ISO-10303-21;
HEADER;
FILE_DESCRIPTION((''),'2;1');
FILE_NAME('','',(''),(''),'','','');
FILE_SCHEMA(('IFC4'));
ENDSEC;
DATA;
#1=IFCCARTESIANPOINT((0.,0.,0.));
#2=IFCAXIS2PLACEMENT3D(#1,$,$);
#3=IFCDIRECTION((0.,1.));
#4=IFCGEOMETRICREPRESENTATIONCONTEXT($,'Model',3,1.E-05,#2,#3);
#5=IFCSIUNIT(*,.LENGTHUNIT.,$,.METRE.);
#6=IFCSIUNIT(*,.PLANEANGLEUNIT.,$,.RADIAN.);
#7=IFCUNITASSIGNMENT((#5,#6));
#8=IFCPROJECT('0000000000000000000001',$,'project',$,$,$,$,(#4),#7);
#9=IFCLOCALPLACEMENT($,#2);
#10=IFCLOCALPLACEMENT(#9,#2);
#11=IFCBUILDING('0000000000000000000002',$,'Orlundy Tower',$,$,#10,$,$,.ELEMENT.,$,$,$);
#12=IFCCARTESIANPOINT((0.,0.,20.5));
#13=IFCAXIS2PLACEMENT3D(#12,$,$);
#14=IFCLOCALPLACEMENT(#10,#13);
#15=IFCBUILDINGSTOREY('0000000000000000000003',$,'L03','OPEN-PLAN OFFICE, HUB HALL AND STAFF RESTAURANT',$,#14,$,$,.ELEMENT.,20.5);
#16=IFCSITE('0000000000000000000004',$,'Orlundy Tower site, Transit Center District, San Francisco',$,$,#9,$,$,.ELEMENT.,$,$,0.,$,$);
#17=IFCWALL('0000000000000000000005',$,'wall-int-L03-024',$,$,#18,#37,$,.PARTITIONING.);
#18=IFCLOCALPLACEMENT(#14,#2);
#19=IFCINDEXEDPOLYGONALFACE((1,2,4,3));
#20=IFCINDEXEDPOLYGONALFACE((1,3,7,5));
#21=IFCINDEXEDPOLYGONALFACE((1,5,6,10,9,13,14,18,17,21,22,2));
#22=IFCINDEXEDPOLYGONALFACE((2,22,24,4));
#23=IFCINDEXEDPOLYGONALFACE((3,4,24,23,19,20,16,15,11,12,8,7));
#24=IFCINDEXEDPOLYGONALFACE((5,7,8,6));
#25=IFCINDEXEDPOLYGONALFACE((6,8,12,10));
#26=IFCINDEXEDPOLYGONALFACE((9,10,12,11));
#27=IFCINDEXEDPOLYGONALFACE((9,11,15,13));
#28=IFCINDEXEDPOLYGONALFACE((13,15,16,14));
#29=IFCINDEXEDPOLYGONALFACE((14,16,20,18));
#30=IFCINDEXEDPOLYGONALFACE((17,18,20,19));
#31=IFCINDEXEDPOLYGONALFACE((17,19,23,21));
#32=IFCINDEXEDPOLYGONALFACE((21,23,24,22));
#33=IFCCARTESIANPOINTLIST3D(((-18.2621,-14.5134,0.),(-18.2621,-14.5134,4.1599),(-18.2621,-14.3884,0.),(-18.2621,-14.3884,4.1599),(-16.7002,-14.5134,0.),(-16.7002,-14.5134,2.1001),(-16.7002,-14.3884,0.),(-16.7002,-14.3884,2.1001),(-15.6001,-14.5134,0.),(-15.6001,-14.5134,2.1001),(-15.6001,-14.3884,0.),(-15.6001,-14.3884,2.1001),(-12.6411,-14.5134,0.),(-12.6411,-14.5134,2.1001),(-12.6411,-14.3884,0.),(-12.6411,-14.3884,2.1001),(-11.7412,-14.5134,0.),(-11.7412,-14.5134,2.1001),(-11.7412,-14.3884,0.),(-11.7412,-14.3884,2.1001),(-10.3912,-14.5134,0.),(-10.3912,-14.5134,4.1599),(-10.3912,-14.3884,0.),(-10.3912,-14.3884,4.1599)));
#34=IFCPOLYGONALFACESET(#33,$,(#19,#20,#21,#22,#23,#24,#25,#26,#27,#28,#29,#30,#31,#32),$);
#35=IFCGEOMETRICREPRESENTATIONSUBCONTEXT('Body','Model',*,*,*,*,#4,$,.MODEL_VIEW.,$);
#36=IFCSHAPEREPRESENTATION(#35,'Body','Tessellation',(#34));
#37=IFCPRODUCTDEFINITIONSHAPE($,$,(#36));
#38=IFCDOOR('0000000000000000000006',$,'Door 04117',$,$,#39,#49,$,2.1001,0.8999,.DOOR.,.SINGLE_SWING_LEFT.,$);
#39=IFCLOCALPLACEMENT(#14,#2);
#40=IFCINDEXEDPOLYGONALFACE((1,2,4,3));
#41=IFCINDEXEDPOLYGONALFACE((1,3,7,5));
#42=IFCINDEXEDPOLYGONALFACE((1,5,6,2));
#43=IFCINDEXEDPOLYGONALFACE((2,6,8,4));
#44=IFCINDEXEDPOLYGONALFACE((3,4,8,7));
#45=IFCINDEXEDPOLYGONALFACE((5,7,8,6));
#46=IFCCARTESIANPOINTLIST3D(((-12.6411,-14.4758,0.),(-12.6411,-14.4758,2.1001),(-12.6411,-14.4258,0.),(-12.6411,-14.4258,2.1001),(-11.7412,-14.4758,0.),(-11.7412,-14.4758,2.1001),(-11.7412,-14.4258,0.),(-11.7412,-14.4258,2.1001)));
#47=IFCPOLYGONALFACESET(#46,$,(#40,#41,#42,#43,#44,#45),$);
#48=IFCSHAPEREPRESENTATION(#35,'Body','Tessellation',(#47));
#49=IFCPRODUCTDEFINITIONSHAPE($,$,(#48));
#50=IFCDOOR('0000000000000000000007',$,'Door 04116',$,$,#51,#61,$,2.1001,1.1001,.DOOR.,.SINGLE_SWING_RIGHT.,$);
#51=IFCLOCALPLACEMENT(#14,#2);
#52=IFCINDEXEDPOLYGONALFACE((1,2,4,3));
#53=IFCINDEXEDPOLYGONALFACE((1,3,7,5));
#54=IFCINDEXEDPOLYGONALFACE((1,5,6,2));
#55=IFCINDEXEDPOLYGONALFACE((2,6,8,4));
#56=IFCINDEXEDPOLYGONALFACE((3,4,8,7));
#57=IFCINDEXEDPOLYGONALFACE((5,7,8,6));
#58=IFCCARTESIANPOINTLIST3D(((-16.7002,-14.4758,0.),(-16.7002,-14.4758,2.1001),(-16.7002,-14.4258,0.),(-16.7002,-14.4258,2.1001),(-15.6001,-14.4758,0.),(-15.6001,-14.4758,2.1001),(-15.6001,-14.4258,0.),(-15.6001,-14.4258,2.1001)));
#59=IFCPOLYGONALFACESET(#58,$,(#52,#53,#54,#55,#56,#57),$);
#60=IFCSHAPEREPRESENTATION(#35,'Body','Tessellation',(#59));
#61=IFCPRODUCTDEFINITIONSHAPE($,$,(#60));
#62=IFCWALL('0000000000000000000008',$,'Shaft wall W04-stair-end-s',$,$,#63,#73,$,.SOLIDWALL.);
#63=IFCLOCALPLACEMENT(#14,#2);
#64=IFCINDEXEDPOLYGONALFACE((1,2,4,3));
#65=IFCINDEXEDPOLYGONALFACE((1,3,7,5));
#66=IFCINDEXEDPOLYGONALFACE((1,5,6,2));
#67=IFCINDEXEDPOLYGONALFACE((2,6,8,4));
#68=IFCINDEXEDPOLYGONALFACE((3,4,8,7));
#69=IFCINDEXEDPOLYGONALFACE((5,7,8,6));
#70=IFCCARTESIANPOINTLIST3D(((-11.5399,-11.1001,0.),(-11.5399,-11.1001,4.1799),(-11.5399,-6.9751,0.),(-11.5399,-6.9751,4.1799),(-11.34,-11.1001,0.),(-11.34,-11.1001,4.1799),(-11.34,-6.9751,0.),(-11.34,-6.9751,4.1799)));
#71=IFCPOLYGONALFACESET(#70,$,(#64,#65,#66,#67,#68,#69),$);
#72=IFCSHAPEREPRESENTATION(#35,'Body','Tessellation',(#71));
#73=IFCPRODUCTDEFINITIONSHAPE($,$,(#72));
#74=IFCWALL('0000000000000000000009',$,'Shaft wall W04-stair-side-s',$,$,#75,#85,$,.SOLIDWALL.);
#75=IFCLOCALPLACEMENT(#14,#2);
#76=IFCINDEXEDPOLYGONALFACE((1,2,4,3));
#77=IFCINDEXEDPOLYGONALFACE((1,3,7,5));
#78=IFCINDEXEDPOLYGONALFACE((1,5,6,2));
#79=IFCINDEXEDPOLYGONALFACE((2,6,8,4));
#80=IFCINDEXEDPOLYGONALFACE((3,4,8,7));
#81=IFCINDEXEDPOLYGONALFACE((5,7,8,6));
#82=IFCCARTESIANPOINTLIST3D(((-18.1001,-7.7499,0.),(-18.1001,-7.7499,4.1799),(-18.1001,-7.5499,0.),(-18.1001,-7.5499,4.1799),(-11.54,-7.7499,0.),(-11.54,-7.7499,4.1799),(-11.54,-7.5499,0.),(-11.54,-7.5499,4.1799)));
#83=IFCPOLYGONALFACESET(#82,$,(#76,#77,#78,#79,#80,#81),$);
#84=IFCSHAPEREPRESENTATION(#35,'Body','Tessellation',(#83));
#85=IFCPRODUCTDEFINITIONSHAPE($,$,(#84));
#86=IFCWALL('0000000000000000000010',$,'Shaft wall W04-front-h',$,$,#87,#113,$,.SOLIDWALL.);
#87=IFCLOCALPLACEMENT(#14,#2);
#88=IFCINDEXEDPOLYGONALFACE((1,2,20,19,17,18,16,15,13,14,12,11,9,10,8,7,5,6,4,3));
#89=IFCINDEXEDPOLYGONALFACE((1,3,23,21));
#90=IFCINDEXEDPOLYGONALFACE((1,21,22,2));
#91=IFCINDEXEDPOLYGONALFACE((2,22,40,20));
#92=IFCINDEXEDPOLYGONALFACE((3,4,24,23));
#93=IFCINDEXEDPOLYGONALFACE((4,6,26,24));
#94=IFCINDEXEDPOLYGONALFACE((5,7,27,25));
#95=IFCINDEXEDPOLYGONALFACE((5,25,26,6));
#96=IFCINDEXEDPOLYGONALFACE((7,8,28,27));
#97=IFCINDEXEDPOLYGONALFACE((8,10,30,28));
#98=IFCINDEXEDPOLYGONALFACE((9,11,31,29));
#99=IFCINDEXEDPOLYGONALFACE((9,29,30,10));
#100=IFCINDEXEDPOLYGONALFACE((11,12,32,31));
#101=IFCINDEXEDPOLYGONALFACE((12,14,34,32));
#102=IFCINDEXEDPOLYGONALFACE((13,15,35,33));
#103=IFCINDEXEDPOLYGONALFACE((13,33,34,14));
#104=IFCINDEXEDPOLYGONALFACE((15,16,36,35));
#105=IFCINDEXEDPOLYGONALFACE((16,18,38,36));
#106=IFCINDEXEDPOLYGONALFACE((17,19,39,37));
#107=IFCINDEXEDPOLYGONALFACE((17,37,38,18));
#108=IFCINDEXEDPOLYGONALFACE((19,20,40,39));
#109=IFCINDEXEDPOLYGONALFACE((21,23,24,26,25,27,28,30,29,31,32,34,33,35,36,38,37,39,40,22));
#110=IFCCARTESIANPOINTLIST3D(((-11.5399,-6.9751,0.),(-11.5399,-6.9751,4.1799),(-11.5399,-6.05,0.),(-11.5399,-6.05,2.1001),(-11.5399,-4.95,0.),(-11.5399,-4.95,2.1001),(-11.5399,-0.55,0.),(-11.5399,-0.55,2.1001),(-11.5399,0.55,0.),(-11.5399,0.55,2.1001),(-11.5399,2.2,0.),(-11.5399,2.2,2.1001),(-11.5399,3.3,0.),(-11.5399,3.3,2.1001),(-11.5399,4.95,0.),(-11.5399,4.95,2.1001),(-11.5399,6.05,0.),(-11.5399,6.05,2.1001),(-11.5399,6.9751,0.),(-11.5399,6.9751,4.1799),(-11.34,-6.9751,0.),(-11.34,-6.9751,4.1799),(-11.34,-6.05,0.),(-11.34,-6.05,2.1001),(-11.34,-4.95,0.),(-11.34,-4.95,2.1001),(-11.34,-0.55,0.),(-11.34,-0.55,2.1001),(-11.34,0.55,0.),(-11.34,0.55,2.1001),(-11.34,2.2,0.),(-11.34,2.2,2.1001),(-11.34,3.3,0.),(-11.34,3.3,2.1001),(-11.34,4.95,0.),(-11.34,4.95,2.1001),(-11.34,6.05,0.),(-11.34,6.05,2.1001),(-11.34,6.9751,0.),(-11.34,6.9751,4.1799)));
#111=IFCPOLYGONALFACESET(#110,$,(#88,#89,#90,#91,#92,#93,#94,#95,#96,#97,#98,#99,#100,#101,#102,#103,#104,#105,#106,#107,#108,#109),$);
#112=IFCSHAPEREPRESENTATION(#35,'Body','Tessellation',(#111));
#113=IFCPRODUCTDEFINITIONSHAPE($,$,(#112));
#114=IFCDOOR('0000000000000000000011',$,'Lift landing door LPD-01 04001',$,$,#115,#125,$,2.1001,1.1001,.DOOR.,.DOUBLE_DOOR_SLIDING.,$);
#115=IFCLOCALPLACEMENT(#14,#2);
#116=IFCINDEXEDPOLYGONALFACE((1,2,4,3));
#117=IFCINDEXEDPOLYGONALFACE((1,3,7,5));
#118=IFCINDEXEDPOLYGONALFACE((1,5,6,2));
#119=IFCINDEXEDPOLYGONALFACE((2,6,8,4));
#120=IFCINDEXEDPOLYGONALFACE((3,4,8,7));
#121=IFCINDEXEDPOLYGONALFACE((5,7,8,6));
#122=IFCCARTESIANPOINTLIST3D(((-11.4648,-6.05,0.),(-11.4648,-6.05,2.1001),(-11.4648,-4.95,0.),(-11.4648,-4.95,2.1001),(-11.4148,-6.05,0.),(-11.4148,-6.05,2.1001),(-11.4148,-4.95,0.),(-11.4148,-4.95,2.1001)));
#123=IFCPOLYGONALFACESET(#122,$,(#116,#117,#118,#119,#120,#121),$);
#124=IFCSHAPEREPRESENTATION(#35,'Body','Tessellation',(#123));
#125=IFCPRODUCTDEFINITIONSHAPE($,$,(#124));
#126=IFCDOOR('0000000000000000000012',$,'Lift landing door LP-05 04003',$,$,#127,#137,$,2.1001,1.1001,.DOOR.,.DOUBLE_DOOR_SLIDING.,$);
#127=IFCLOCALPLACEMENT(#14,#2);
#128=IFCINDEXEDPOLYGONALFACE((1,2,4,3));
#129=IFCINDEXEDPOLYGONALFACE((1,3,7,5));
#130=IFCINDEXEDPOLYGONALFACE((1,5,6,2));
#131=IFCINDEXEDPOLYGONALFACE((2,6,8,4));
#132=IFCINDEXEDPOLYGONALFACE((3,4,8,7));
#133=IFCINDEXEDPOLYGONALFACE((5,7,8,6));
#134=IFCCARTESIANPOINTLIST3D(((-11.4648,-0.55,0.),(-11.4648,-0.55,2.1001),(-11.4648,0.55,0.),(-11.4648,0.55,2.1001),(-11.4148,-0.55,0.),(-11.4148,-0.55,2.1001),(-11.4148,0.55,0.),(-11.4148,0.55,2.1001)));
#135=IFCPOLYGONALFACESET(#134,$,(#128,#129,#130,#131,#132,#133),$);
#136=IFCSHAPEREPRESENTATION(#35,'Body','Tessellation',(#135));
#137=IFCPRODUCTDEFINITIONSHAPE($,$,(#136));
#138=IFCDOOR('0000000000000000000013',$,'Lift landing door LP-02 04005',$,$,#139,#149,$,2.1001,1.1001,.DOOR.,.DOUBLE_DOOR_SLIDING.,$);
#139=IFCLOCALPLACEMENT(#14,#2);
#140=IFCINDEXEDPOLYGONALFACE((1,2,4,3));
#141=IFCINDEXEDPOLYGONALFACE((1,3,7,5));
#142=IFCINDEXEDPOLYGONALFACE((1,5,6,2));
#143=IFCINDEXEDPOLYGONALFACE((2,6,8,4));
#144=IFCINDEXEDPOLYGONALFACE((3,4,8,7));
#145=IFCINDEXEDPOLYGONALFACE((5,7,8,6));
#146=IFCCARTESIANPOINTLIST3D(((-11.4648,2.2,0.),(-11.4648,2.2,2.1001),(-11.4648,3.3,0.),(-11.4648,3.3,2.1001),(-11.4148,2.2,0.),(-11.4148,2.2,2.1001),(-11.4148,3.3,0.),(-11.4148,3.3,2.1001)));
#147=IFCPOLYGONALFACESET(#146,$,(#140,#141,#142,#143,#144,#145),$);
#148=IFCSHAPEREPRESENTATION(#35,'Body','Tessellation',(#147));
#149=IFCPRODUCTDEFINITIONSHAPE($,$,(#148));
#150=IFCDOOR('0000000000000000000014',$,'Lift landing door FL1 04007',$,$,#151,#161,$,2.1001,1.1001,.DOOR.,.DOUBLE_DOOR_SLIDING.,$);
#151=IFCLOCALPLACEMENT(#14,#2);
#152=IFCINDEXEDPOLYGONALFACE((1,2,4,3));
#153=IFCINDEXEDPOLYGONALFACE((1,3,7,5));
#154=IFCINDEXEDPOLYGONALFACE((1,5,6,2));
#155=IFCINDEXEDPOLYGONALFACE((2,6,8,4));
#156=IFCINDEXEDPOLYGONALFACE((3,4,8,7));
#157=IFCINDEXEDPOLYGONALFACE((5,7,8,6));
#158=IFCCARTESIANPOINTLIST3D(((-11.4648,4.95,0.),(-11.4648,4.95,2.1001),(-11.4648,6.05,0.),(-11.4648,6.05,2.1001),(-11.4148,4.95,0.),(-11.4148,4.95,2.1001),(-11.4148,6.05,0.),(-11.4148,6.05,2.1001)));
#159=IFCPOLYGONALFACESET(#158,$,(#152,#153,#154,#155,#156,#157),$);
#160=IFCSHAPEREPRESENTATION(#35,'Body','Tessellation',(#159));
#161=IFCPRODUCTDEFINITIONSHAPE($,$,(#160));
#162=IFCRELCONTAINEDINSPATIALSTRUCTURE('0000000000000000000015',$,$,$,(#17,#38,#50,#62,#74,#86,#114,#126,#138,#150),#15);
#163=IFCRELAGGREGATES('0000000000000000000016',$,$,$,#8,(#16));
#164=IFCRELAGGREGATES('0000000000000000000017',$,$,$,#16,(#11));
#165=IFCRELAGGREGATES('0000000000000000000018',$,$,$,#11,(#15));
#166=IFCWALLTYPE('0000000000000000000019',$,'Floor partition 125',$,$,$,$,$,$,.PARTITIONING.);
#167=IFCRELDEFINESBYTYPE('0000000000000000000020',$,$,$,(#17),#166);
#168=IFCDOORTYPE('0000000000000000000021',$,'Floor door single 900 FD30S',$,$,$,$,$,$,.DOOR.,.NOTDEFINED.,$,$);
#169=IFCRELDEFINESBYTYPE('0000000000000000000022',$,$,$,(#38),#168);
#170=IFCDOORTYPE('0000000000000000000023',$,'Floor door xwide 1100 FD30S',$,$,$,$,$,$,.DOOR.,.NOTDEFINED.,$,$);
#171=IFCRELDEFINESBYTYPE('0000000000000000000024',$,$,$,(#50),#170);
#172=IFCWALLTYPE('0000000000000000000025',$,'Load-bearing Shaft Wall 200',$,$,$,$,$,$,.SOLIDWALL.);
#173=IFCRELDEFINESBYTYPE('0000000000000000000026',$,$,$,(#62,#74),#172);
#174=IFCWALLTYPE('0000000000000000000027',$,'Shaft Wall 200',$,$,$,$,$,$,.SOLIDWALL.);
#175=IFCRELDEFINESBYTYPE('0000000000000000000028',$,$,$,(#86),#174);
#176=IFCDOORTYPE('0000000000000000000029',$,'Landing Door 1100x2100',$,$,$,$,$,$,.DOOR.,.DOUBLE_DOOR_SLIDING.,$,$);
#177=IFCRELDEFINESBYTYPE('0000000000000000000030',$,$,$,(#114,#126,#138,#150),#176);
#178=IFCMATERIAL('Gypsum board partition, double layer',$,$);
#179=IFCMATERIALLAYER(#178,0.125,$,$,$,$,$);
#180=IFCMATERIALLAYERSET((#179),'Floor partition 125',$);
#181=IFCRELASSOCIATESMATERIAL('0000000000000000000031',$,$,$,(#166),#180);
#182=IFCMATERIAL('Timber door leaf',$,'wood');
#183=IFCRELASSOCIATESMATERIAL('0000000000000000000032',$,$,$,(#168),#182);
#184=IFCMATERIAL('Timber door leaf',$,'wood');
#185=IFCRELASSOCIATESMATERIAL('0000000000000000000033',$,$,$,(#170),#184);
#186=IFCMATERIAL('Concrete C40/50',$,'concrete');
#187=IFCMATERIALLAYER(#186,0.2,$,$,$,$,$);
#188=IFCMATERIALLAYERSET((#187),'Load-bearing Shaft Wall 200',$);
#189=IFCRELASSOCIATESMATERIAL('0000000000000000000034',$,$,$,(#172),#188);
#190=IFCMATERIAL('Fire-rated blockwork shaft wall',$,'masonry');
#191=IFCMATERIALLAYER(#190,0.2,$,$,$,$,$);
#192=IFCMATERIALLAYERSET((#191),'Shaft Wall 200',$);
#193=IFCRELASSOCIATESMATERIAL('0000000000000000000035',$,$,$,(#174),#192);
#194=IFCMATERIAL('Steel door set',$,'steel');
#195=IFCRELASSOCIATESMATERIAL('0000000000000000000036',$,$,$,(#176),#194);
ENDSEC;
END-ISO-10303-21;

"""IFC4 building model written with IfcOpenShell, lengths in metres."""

from ifc_helpers import new_model, si_unit, direction, frame, frame_2d, origin, place, context, subcontext, project, spatial, rectangle, extrude, material, layer, layer_set, type_object, element, fill, save


model = new_model("IFC4")

# Units and contexts
model_context = context("Model", 3, precision=1e-05, world=origin(), true_north=direction((0.0, 1.0)))
body_context = subcontext(model_context, "Body", "Model", "MODEL_VIEW")
ifc_project = project(units=[si_unit("LENGTHUNIT", "METRE"), si_unit("PLANEANGLEUNIT", "RADIAN")], contexts=[model_context])

# Site, building, storey
site_placement = place(None, origin())
site = spatial("IfcSite", under=ifc_project, at=site_placement, Name="Orlundy Tower site, Transit Center District, San Francisco", CompositionType="ELEMENT", RefElevation=0.0)
building_placement = place(site_placement, origin())
building = spatial("IfcBuilding", under=site, at=building_placement, Name="Orlundy Tower", CompositionType="ELEMENT")
storey_placement = place(building_placement, frame((0.0, 0.0, 20.5)))
storey = spatial("IfcBuildingStorey", under=building, at=storey_placement, Name="L03", Description="OPEN-PLAN OFFICE, HUB HALL AND STAFF RESTAURANT", CompositionType="ELEMENT", Elevation=20.5)

# Shared definitions
ifc_material_1 = material(Name="Gypsum board partition, double layer")
ifc_layer_1 = layer(ifc_material_1, 0.125)
ifc_layer_set_1 = layer_set([ifc_layer_1], Name="Floor partition 125")
wall_type_1 = type_object("IfcWallType", Name="Floor partition 125", PredefinedType="PARTITIONING", material=ifc_layer_set_1)

# Wall, openings, doors
wall_1_placement = place(storey_placement, frame((-10.3911, -14.4509, 0.0), z_axis=(0.0, 0.0, 1.0), x_axis=(-1.0, 0.0, 0.0)))
wall_1 = element("IfcWall", 1, at=wall_1_placement, inside=storey, type_object=wall_type_1, Name="wall-int-L03-024", PredefinedType="PARTITIONING", context=body_context, shape_type="SweptSolid", body=[
    extrude(rectangle(XDim=7.8708, YDim=0.125, at=frame_2d((3.9355, 0.0))), origin(), (0.0, 0.0, 1.0), 4.1599),
])
opening_1_placement = place(wall_1_placement, frame((5.209, 0.0, 0.0)))
opening_1 = element("IfcOpeningElement", 2, at=opening_1_placement, cuts=wall_1, PredefinedType="OPENING", context=body_context, shape_type="SweptSolid", body=[
    extrude(rectangle(XDim=1.1001, YDim=2.1001, at=frame_2d((0.55, 1.05))), frame((0.0, 0.0725, 0.0), z_axis=(0.0, -1.0, 0.0), x_axis=(1.0, 0.0, 0.0)), (0.0, 0.0, 1.0), 0.145),
])
opening_2_placement = place(wall_1_placement, frame((1.3501, 0.0, 0.0)))
opening_2 = element("IfcOpeningElement", 3, at=opening_2_placement, cuts=wall_1, PredefinedType="OPENING", context=body_context, shape_type="SweptSolid", body=[
    extrude(rectangle(XDim=0.8999, YDim=2.1001, at=frame_2d((0.45, 1.05))), frame((0.0, 0.0725, 0.0), z_axis=(0.0, -1.0, 0.0), x_axis=(1.0, 0.0, 0.0)), (0.0, 0.0, 1.0), 0.145),
])
ifc_material_2 = material(Name="Timber door leaf", Category="wood")
door_type_1 = type_object("IfcDoorType", Name="Floor door single 900 FD30S", OperationType="NOTDEFINED", PredefinedType="DOOR", material=ifc_material_2)
door_1_placement = place(opening_2_placement, origin())
door_1 = element("IfcDoor", 4, at=door_1_placement, inside=storey, type_object=door_type_1, Name="Door 04117", OperationType="SINGLE_SWING_LEFT", OverallHeight=2.1001, OverallWidth=0.8999, PredefinedType="DOOR", context=body_context, shape_type="SweptSolid", body=[
    extrude(rectangle(XDim=0.8999, YDim=2.1001, at=frame_2d((0.45, 1.05))), frame((0.0, 0.0249, 0.0), z_axis=(0.0, -1.0, 0.0), x_axis=(1.0, 0.0, 0.0)), (0.0, 0.0, 1.0), 0.05),
])
fill(opening_2, door_1)
ifc_material_3 = material(Name="Timber door leaf", Category="wood")
door_type_2 = type_object("IfcDoorType", Name="Floor door xwide 1100 FD30S", OperationType="NOTDEFINED", PredefinedType="DOOR", material=ifc_material_3)
door_2_placement = place(opening_1_placement, origin())
door_2 = element("IfcDoor", 5, at=door_2_placement, inside=storey, type_object=door_type_2, Name="Door 04116", OperationType="SINGLE_SWING_RIGHT", OverallHeight=2.1001, OverallWidth=1.1001, PredefinedType="DOOR", context=body_context, shape_type="SweptSolid", body=[
    extrude(rectangle(XDim=1.1001, YDim=2.1001, at=frame_2d((0.55, 1.05))), frame((0.0, 0.0249, 0.0), z_axis=(0.0, -1.0, 0.0), x_axis=(1.0, 0.0, 0.0)), (0.0, 0.0, 1.0), 0.05),
])
fill(opening_1, door_2)

# Walls
ifc_material_4 = material(Name="Concrete C40/50", Category="concrete")
ifc_layer_2 = layer(ifc_material_4, 0.2)
ifc_layer_set_2 = layer_set([ifc_layer_2], Name="Load-bearing Shaft Wall 200")
wall_type_2 = type_object("IfcWallType", Name="Load-bearing Shaft Wall 200", PredefinedType="SOLIDWALL", material=ifc_layer_set_2)
wall_2_placement = place(storey_placement, frame((-11.4399, -11.1001, 0.0), z_axis=(0.0, 0.0, 1.0), x_axis=(0.0, 1.0, 0.0)))
element("IfcWall", 6, at=wall_2_placement, inside=storey, type_object=wall_type_2, Name="Shaft wall W04-stair-end-s", PredefinedType="SOLIDWALL", context=body_context, shape_type="SweptSolid", body=[
    extrude(rectangle(XDim=4.125, YDim=0.2, at=frame_2d((2.0625, 0.0))), origin(), (0.0, 0.0, 1.0), 4.1799),
])
wall_3_placement = place(storey_placement, frame((-11.54, -7.6499, 0.0), z_axis=(0.0, 0.0, 1.0), x_axis=(-1.0, 0.0, 0.0)))
element("IfcWall", 7, at=wall_3_placement, inside=storey, type_object=wall_type_2, Name="Shaft wall W04-stair-side-s", PredefinedType="SOLIDWALL", context=body_context, shape_type="SweptSolid", body=[
    extrude(rectangle(XDim=6.5601, YDim=0.2, at=frame_2d((3.28, 0.0))), origin(), (0.0, 0.0, 1.0), 4.1799),
])

# Wall, openings, doors
ifc_material_5 = material(Name="Fire-rated blockwork shaft wall", Category="masonry")
ifc_layer_3 = layer(ifc_material_5, 0.2)
ifc_layer_set_3 = layer_set([ifc_layer_3], Name="Shaft Wall 200")
wall_type_3 = type_object("IfcWallType", Name="Shaft Wall 200", PredefinedType="SOLIDWALL", material=ifc_layer_set_3)
wall_4_placement = place(storey_placement, frame((-11.4399, -6.9751, 0.0), z_axis=(0.0, 0.0, 1.0), x_axis=(0.0, 1.0, 0.0)))
wall_4 = element("IfcWall", 8, at=wall_4_placement, inside=storey, type_object=wall_type_3, Name="Shaft wall W04-front-h", PredefinedType="SOLIDWALL", context=body_context, shape_type="SweptSolid", body=[
    extrude(rectangle(XDim=13.9502, YDim=0.2, at=frame_2d((6.9751, 0.0))), origin(), (0.0, 0.0, 1.0), 4.1799),
])
opening_3_placement = place(wall_4_placement, frame((0.925, 0.0, 0.0)))
opening_3 = element("IfcOpeningElement", 9, at=opening_3_placement, cuts=wall_4, PredefinedType="OPENING", context=body_context, shape_type="SweptSolid", body=[
    extrude(rectangle(XDim=1.1001, YDim=2.1001, at=frame_2d((0.55, 1.05))), frame((0.0, 0.1101, 0.0), z_axis=(0.0, -1.0, 0.0), x_axis=(1.0, 0.0, 0.0)), (0.0, 0.0, 1.0), 0.2202),
])
opening_4_placement = place(wall_4_placement, frame((6.425, 0.0, 0.0)))
opening_4 = element("IfcOpeningElement", 10, at=opening_4_placement, cuts=wall_4, PredefinedType="OPENING", context=body_context, shape_type="SweptSolid", body=[
    extrude(rectangle(XDim=1.1001, YDim=2.1001, at=frame_2d((0.55, 1.05))), frame((0.0, 0.1101, 0.0), z_axis=(0.0, -1.0, 0.0), x_axis=(1.0, 0.0, 0.0)), (0.0, 0.0, 1.0), 0.2202),
])
opening_5_placement = place(wall_4_placement, frame((9.175, 0.0, 0.0)))
opening_5 = element("IfcOpeningElement", 11, at=opening_5_placement, cuts=wall_4, PredefinedType="OPENING", context=body_context, shape_type="SweptSolid", body=[
    extrude(rectangle(XDim=1.1001, YDim=2.1001, at=frame_2d((0.55, 1.05))), frame((0.0, 0.1101, 0.0), z_axis=(0.0, -1.0, 0.0), x_axis=(1.0, 0.0, 0.0)), (0.0, 0.0, 1.0), 0.2202),
])
opening_6_placement = place(wall_4_placement, frame((11.925, 0.0, 0.0)))
opening_6 = element("IfcOpeningElement", 12, at=opening_6_placement, cuts=wall_4, PredefinedType="OPENING", context=body_context, shape_type="SweptSolid", body=[
    extrude(rectangle(XDim=1.1001, YDim=2.1001, at=frame_2d((0.55, 1.05))), frame((0.0, 0.1101, 0.0), z_axis=(0.0, -1.0, 0.0), x_axis=(1.0, 0.0, 0.0)), (0.0, 0.0, 1.0), 0.2202),
])
ifc_material_6 = material(Name="Steel door set", Category="steel")
door_type_3 = type_object("IfcDoorType", Name="Landing Door 1100x2100", OperationType="DOUBLE_DOOR_SLIDING", PredefinedType="DOOR", material=ifc_material_6)
door_3_placement = place(opening_3_placement, origin())
door_3 = element("IfcDoor", 13, at=door_3_placement, inside=storey, type_object=door_type_3, Name="Lift landing door LPD-01 04001", OperationType="DOUBLE_DOOR_SLIDING", OverallHeight=2.1001, OverallWidth=1.1001, PredefinedType="DOOR", context=body_context, shape_type="SweptSolid", body=[
    extrude(rectangle(XDim=1.1001, YDim=2.1001, at=frame_2d((0.55, 1.05))), frame((0.0, 0.0249, 0.0), z_axis=(0.0, -1.0, 0.0), x_axis=(1.0, 0.0, 0.0)), (0.0, 0.0, 1.0), 0.05),
])
fill(opening_3, door_3)
door_4_placement = place(opening_4_placement, origin())
door_4 = element("IfcDoor", 14, at=door_4_placement, inside=storey, type_object=door_type_3, Name="Lift landing door LP-05 04003", OperationType="DOUBLE_DOOR_SLIDING", OverallHeight=2.1001, OverallWidth=1.1001, PredefinedType="DOOR", context=body_context, shape_type="SweptSolid", body=[
    extrude(rectangle(XDim=1.1001, YDim=2.1001, at=frame_2d((0.55, 1.05))), frame((0.0, 0.0249, 0.0), z_axis=(0.0, -1.0, 0.0), x_axis=(1.0, 0.0, 0.0)), (0.0, 0.0, 1.0), 0.05),
])
fill(opening_4, door_4)
door_5_placement = place(opening_5_placement, origin())
door_5 = element("IfcDoor", 15, at=door_5_placement, inside=storey, type_object=door_type_3, Name="Lift landing door LP-02 04005", OperationType="DOUBLE_DOOR_SLIDING", OverallHeight=2.1001, OverallWidth=1.1001, PredefinedType="DOOR", context=body_context, shape_type="SweptSolid", body=[
    extrude(rectangle(XDim=1.1001, YDim=2.1001, at=frame_2d((0.55, 1.05))), frame((0.0, 0.0249, 0.0), z_axis=(0.0, -1.0, 0.0), x_axis=(1.0, 0.0, 0.0)), (0.0, 0.0, 1.0), 0.05),
])
fill(opening_5, door_5)
door_6_placement = place(opening_6_placement, origin())
door_6 = element("IfcDoor", 16, at=door_6_placement, inside=storey, type_object=door_type_3, Name="Lift landing door FL1 04007", OperationType="DOUBLE_DOOR_SLIDING", OverallHeight=2.1001, OverallWidth=1.1001, PredefinedType="DOOR", context=body_context, shape_type="SweptSolid", body=[
    extrude(rectangle(XDim=1.1001, YDim=2.1001, at=frame_2d((0.55, 1.05))), frame((0.0, 0.0249, 0.0), z_axis=(0.0, -1.0, 0.0), x_axis=(1.0, 0.0, 0.0)), (0.0, 0.0, 1.0), 0.05),
])
fill(opening_6, door_6)

save(model, "model.ifc")
